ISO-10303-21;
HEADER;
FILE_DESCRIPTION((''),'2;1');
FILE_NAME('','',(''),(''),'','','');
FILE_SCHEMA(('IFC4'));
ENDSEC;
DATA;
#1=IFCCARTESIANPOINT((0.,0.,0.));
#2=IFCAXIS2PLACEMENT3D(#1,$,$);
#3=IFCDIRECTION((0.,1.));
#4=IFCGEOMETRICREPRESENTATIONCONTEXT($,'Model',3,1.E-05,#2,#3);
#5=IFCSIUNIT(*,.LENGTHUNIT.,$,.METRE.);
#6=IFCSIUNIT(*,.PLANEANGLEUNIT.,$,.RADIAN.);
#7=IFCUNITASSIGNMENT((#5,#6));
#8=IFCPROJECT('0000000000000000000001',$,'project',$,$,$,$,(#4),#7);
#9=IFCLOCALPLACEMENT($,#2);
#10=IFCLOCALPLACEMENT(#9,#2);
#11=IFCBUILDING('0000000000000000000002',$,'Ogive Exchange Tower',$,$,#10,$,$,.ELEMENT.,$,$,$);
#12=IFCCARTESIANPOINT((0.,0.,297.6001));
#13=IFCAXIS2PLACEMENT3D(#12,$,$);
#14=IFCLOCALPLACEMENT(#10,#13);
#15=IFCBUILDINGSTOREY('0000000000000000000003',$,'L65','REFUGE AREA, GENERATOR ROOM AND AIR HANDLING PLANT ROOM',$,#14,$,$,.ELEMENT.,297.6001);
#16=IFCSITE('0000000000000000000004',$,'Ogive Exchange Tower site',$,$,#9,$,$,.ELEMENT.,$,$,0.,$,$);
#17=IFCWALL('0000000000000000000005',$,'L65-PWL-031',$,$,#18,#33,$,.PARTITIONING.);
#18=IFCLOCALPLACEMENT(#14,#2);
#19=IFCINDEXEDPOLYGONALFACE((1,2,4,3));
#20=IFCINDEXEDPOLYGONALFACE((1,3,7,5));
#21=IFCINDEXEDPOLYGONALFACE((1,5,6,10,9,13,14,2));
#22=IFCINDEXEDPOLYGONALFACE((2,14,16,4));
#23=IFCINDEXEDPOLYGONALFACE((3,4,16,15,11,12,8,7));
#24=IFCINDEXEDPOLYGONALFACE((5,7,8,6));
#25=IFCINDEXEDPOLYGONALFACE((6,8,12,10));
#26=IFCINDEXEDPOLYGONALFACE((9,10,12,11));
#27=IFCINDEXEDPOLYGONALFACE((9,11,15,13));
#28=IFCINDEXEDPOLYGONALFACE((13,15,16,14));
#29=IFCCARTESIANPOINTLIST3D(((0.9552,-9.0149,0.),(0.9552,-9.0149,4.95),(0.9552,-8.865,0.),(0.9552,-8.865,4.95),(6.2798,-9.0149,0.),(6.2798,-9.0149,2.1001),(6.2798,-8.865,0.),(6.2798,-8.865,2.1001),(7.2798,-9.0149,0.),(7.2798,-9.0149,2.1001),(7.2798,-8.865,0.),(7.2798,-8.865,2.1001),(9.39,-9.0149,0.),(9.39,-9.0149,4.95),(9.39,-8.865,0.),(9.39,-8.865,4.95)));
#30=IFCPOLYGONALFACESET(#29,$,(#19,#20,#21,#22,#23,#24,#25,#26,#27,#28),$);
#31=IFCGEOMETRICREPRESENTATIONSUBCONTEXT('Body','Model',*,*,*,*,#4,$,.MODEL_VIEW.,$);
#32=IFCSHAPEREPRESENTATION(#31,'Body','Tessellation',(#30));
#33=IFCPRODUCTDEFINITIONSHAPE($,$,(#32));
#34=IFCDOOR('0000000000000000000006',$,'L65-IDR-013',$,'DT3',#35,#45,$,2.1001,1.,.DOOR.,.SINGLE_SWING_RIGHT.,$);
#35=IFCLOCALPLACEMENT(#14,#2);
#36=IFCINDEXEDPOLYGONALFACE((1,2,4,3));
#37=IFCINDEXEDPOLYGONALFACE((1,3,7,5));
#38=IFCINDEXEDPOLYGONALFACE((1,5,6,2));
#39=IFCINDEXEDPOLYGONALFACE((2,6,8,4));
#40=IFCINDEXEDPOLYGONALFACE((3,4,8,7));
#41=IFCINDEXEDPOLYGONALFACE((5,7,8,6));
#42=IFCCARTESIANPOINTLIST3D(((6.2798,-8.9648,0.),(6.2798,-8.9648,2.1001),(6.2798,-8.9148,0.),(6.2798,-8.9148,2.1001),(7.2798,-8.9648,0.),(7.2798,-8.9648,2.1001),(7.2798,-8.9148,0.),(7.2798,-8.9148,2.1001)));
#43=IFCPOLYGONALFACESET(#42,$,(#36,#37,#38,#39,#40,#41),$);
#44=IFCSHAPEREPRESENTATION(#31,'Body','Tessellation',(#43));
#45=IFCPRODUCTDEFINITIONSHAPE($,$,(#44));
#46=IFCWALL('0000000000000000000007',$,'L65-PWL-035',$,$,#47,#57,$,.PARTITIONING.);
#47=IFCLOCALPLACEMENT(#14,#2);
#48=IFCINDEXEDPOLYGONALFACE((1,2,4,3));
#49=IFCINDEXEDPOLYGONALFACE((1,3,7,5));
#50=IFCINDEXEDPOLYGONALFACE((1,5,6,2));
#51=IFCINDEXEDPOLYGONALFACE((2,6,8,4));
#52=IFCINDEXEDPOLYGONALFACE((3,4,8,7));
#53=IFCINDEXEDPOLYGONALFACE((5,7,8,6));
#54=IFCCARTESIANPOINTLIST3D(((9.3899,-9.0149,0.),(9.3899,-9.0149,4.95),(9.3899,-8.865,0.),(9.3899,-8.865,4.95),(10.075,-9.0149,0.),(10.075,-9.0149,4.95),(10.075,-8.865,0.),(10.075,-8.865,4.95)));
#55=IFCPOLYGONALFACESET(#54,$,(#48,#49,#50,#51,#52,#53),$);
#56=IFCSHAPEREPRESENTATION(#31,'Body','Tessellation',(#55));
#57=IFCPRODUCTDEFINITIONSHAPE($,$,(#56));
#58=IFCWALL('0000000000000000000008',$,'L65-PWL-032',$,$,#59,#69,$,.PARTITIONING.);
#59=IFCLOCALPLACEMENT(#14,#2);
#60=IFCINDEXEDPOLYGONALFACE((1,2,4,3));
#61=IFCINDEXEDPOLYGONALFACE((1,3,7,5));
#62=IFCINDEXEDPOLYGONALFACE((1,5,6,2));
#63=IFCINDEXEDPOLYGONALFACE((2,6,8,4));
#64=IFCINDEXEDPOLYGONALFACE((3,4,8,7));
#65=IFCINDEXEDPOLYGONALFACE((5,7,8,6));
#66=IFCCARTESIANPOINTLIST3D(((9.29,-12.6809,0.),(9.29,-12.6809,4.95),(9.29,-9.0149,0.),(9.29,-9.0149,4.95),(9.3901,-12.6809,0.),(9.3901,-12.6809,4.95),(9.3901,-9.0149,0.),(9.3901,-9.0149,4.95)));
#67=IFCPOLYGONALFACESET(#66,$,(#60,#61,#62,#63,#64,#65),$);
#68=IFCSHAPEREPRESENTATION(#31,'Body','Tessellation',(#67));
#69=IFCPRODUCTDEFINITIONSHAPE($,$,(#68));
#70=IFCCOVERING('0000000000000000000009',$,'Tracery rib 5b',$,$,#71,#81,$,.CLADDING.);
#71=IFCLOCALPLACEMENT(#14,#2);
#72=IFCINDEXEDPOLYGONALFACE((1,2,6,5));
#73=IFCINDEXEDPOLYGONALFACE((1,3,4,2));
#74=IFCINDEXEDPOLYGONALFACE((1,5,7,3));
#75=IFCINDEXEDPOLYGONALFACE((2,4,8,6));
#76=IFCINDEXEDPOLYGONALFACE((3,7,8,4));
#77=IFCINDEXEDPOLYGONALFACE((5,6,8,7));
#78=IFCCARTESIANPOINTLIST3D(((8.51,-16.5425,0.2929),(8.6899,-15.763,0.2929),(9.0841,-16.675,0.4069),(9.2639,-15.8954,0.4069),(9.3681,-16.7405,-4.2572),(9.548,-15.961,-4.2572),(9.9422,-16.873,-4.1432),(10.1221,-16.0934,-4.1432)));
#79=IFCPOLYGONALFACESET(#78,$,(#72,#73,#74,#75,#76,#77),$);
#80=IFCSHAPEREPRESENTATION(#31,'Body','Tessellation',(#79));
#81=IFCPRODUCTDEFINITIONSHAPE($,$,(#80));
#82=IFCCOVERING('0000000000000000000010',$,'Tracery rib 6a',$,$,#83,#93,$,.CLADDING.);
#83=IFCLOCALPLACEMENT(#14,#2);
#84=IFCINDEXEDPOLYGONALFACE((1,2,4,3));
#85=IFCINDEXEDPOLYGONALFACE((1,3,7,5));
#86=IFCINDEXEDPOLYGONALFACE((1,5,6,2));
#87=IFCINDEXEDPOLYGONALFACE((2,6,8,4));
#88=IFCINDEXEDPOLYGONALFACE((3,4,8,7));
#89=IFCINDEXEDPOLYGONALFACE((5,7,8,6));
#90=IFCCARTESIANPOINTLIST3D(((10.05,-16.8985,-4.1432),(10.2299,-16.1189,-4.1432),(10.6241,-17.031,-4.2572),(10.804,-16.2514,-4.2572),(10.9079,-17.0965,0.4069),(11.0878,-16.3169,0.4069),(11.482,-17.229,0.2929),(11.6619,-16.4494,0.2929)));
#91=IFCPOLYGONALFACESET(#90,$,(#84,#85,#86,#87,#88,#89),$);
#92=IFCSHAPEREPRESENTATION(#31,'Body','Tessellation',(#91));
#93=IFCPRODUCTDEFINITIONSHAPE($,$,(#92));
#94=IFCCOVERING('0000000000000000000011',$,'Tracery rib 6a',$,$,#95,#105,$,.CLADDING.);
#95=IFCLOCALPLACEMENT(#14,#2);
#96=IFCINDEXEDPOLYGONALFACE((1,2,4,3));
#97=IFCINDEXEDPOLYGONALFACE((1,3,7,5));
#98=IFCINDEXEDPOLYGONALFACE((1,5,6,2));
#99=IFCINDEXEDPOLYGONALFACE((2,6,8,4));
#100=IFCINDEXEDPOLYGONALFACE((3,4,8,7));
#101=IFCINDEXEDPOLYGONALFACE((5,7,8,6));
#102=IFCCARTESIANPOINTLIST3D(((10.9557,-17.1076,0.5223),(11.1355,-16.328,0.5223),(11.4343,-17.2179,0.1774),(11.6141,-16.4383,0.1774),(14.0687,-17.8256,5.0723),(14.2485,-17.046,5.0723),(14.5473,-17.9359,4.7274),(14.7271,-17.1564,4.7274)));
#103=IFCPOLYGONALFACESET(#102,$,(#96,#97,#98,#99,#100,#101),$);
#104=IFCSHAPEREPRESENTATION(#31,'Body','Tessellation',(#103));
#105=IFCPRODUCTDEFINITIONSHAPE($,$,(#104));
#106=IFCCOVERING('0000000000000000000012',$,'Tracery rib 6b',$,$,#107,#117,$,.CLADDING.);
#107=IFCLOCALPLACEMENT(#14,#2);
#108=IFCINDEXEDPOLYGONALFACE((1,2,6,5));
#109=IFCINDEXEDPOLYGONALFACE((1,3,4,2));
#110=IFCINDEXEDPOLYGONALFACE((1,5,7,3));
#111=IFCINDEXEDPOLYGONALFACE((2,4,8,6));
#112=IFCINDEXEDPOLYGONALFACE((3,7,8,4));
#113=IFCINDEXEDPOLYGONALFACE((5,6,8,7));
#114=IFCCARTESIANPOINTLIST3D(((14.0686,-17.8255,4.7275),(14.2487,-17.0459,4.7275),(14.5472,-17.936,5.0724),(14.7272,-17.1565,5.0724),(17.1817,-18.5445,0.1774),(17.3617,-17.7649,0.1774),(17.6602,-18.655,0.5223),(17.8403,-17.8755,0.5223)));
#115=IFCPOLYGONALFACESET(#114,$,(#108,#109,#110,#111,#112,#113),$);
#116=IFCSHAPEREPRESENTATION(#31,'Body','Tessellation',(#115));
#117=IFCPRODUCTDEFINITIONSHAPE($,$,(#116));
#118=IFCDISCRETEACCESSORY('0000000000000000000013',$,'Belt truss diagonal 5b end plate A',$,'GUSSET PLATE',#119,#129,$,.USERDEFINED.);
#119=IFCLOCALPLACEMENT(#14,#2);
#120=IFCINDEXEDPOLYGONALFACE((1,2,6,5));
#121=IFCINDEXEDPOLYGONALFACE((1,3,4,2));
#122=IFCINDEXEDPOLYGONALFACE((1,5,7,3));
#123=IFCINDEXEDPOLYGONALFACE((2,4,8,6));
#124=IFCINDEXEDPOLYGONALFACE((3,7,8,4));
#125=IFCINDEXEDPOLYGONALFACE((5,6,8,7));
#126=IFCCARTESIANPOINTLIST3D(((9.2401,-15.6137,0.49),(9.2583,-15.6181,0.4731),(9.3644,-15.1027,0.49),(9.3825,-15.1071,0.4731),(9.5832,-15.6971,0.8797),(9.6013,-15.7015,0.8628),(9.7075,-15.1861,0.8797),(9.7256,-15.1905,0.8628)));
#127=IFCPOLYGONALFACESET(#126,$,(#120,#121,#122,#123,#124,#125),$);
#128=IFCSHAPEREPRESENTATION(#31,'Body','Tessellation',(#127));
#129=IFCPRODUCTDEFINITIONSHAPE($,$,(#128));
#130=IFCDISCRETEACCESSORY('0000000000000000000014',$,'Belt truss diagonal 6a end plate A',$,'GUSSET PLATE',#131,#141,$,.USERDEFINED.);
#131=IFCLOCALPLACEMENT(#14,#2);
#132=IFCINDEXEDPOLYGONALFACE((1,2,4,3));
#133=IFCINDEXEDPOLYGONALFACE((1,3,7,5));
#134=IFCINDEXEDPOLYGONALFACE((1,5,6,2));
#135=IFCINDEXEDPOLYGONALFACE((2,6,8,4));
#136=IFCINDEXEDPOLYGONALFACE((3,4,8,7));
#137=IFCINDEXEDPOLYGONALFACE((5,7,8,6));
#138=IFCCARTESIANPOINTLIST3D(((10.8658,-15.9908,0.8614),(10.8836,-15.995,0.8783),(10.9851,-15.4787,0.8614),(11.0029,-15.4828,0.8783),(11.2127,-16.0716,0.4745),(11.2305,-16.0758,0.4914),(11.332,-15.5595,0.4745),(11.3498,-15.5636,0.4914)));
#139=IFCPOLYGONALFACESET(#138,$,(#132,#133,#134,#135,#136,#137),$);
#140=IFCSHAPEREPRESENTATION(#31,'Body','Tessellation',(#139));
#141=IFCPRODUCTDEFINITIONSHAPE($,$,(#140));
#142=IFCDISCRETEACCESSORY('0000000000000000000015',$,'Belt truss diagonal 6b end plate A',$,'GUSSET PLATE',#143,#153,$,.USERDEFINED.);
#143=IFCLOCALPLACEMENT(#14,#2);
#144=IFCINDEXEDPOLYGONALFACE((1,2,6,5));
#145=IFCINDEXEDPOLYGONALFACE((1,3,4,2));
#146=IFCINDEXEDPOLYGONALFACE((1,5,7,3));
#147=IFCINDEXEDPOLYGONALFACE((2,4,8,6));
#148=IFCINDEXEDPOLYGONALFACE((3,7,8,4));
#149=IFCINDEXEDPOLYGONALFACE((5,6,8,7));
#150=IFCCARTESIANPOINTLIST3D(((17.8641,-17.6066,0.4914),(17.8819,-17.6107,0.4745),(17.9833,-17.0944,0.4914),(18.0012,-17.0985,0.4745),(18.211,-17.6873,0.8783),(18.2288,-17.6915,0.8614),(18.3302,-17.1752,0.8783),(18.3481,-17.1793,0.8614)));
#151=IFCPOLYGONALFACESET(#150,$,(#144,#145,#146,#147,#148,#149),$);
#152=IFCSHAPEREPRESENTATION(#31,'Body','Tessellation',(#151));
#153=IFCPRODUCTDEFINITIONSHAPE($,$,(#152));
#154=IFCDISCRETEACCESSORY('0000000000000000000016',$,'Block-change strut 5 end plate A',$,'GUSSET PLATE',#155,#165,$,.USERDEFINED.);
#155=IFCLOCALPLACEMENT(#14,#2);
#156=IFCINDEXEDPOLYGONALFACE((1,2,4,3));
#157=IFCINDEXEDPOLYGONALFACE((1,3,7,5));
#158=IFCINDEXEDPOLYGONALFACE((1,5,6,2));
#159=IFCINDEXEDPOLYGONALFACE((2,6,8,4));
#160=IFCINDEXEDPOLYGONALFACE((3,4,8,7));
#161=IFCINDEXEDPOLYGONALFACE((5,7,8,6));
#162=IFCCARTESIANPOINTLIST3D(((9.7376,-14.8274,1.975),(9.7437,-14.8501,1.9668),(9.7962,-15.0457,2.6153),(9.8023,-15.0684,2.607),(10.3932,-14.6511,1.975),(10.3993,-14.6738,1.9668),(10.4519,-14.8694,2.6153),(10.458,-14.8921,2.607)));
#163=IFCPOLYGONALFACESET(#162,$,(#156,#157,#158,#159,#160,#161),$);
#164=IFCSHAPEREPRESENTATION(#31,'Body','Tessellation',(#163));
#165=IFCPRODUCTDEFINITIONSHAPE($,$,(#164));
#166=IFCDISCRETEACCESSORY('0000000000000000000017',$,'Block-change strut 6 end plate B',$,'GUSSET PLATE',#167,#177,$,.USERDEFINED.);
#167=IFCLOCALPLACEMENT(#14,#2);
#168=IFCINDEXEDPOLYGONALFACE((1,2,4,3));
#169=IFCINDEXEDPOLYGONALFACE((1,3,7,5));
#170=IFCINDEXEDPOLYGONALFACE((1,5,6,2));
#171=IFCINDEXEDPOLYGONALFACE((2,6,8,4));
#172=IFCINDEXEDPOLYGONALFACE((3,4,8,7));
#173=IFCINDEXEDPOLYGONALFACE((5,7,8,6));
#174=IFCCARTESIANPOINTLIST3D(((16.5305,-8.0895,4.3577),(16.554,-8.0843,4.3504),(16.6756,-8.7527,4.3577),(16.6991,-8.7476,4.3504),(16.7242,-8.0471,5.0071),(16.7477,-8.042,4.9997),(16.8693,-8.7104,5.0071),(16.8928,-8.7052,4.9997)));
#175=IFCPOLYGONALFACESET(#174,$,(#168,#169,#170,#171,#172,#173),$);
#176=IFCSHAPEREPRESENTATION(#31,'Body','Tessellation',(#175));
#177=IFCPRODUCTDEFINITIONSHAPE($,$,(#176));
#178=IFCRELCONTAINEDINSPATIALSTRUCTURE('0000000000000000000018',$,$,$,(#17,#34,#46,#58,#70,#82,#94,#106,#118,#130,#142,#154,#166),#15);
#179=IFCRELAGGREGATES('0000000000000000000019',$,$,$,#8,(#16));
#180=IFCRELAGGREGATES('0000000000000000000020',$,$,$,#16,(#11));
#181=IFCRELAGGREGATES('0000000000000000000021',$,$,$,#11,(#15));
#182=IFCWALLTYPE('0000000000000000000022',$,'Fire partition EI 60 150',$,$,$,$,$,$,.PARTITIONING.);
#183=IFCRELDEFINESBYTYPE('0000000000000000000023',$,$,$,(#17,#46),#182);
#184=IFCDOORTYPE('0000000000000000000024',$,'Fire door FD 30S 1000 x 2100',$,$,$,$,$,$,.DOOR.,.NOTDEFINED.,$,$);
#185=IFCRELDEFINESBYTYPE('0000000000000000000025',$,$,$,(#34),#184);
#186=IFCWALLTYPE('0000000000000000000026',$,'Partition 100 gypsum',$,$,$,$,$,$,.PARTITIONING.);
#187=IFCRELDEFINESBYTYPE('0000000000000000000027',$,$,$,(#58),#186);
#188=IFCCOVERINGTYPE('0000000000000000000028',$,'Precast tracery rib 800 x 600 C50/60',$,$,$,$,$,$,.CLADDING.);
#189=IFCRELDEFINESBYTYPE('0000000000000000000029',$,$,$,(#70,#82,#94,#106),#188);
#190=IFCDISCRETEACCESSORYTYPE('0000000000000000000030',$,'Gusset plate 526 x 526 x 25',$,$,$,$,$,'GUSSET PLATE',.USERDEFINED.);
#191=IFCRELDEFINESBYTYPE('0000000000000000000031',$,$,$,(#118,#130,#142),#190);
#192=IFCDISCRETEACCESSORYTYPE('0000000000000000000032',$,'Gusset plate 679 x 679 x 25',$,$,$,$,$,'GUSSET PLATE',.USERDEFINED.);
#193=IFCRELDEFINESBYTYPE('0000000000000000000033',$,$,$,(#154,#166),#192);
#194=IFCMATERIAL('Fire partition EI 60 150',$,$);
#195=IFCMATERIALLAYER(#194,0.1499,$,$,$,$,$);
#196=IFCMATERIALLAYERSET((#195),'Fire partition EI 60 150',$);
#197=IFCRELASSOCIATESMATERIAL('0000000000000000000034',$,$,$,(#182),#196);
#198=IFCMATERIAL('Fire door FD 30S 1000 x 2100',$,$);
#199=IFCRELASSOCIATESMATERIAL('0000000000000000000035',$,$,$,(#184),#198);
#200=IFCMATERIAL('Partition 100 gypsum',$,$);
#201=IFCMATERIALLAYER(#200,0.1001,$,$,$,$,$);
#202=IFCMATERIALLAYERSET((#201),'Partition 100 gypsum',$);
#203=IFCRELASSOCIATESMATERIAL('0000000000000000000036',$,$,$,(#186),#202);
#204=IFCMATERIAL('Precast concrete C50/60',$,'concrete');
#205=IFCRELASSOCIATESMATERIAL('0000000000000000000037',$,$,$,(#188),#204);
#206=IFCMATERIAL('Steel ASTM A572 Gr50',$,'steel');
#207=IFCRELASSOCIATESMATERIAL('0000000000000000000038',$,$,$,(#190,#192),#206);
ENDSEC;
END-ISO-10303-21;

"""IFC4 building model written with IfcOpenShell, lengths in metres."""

from ifc_helpers import new_model, si_unit, direction, frame, frame_2d, origin, origin_2d, place, context, subcontext, project, spatial, rectangle, extrude, material, layer, layer_set, material_profile, profile_set, type_object, element, fill, save


model = new_model("IFC4")

# Units and contexts
model_context = context("Model", 3, precision=1e-05, world=origin(), true_north=direction((0.0, 1.0)))
body_context = subcontext(model_context, "Body", "Model", "MODEL_VIEW")
ifc_project = project(units=[si_unit("LENGTHUNIT", "METRE"), si_unit("PLANEANGLEUNIT", "RADIAN")], contexts=[model_context])

# Site, building, storey
site_placement = place(None, origin())
site = spatial("IfcSite", under=ifc_project, at=site_placement, Name="Ogive Exchange Tower site", CompositionType="ELEMENT", RefElevation=0.0)
building_placement = place(site_placement, origin())
building = spatial("IfcBuilding", under=site, at=building_placement, Name="Ogive Exchange Tower", CompositionType="ELEMENT")
storey_placement = place(building_placement, frame((0.0, 0.0, 297.6001)))
storey = spatial("IfcBuildingStorey", under=building, at=storey_placement, Name="L65", Description="REFUGE AREA, GENERATOR ROOM AND AIR HANDLING PLANT ROOM", CompositionType="ELEMENT", Elevation=297.6001)

# Wall, opening, door
ifc_material_1 = material(Name="Fire partition EI 60 150")
ifc_layer_1 = layer(ifc_material_1, 0.1499)
ifc_layer_set_1 = layer_set([ifc_layer_1], Name="Fire partition EI 60 150")
wall_type_1 = type_object("IfcWallType", Name="Fire partition EI 60 150", PredefinedType="PARTITIONING", material=ifc_layer_set_1)
wall_1_placement = place(storey_placement, frame((9.3899, -8.9399, 0.0), z_axis=(0.0, 0.0, 1.0), x_axis=(-1.0, 0.0, 0.0)))
wall_1 = element("IfcWall", 1, at=wall_1_placement, inside=storey, type_object=wall_type_1, Name="L65-PWL-031", PredefinedType="PARTITIONING", context=body_context, shape_type="SweptSolid", body=[
    extrude(rectangle(XDim=8.4348, YDim=0.1499, at=frame_2d((4.2173, 0.0))), origin(), (0.0, 0.0, 1.0), 4.95),
])
opening_placement = place(wall_1_placement, frame((2.1101, 0.0, 0.0)))
opening = element("IfcOpeningElement", 2, at=opening_placement, cuts=wall_1, PredefinedType="OPENING", context=body_context, shape_type="SweptSolid", body=[
    extrude(rectangle(XDim=1.0, YDim=2.1001, at=frame_2d((0.5, 1.05))), frame((0.0, 0.085, 0.0), z_axis=(0.0, -1.0, 0.0), x_axis=(1.0, 0.0, 0.0)), (0.0, 0.0, 1.0), 0.1699),
])
ifc_material_2 = material(Name="Fire door FD 30S 1000 x 2100")
door_type = type_object("IfcDoorType", Name="Fire door FD 30S 1000 x 2100", OperationType="NOTDEFINED", PredefinedType="DOOR", material=ifc_material_2)
door_placement = place(opening_placement, origin())
door = element("IfcDoor", 3, at=door_placement, inside=storey, type_object=door_type, Name="L65-IDR-013", ObjectType="DT3", OperationType="SINGLE_SWING_RIGHT", OverallHeight=2.1001, OverallWidth=1.0, PredefinedType="DOOR", context=body_context, shape_type="SweptSolid", body=[
    extrude(rectangle(XDim=1.0, YDim=2.1001, at=frame_2d((0.5, 1.05))), frame((0.0, 0.0249, 0.0), z_axis=(0.0, -1.0, 0.0), x_axis=(1.0, 0.0, 0.0)), (0.0, 0.0, 1.0), 0.05),
])
fill(opening, door)

# Walls
wall_2_placement = place(storey_placement, frame((10.075, -8.9399, 0.0), z_axis=(0.0, 0.0, 1.0), x_axis=(-1.0, 0.0, 0.0)))
element("IfcWall", 4, at=wall_2_placement, inside=storey, type_object=wall_type_1, Name="L65-PWL-035", PredefinedType="PARTITIONING", context=body_context, shape_type="SweptSolid", body=[
    extrude(rectangle(XDim=0.6851, YDim=0.1499, at=frame_2d((0.3425, 0.0))), origin(), (0.0, 0.0, 1.0), 4.95),
])
ifc_material_3 = material(Name="Partition 100 gypsum")
ifc_layer_2 = layer(ifc_material_3, 0.1001)
ifc_layer_set_2 = layer_set([ifc_layer_2], Name="Partition 100 gypsum")
wall_type_2 = type_object("IfcWallType", Name="Partition 100 gypsum", PredefinedType="PARTITIONING", material=ifc_layer_set_2)
wall_3_placement = place(storey_placement, frame((9.3401, -9.0149, 0.0), z_axis=(0.0, 0.0, 1.0), x_axis=(0.0, -1.0, 0.0)))
element("IfcWall", 5, at=wall_3_placement, inside=storey, type_object=wall_type_2, Name="L65-PWL-032", PredefinedType="PARTITIONING", context=body_context, shape_type="SweptSolid", body=[
    extrude(rectangle(XDim=3.666, YDim=0.1001, at=frame_2d((1.833, 0.0))), origin(), (0.0, 0.0, 1.0), 4.95),
])

# Coverings
ifc_material_4 = material(Name="Precast concrete C50/60", Category="concrete")
ifc_material_profile_1 = material_profile(ifc_material_4, rectangle(XDim=0.8, YDim=0.6001, at=origin_2d()), Name="RIB 800 x 600")
ifc_profile_set_1 = profile_set([ifc_material_profile_1], Name="Precast concrete C50/60")
covering_type = type_object("IfcCoveringType", Name="Precast tracery rib 800 x 600 C50/60", PredefinedType="CLADDING", material=ifc_profile_set_1)
for number, where, z_axis, x_axis, name in (
    (6, (9.7451, -16.417, -4.2002), (-0.185167, 0.042723, 0.981778), (-0.224819, -0.974401, 0.0), "Tracery rib 5b"),
    (7, (10.427, -16.575, -4.2002), (0.185116, -0.042723, 0.981788), (0.22488, 0.974387, 0.0), "Tracery rib 6a"),
):
    element("IfcCovering", number, at=place(storey_placement, frame(where, z_axis=z_axis, x_axis=x_axis)), inside=storey, type_object=covering_type, Name=name, PredefinedType="CLADDING", context=body_context, shape_type="SweptSolid", body=[
        extrude(rectangle(XDim=0.8, YDim=0.6001, at=origin_2d()), origin(), (0.0, 0.0, 1.0), 4.6345),
    ])
covering_1_placement = place(storey_placement, frame((11.2849, -16.7729, 0.3499), z_axis=(0.559936, -0.129148, 0.818408), x_axis=(0.224748, 0.974417, 0.0)))
element("IfcCovering", 8, at=covering_1_placement, inside=storey, type_object=covering_type, Name="Tracery rib 6a", PredefinedType="CLADDING", context=body_context, shape_type="SweptSolid", body=[
    extrude(rectangle(XDim=0.8, YDim=0.6001, at=origin_2d()), origin(), (0.0, 0.0, 1.0), 5.5596),
])
covering_2_placement = place(storey_placement, frame((17.511, -18.21, 0.3499), z_axis=(-0.559923, 0.129321, 0.81839), x_axis=(-0.225038, -0.97435, 0.0)))
element("IfcCovering", 9, at=covering_2_placement, inside=storey, type_object=covering_type, Name="Tracery rib 6b", PredefinedType="CLADDING", context=body_context, shape_type="SweptSolid", body=[
    extrude(rectangle(XDim=0.8, YDim=0.6001, at=origin_2d()), origin(), (0.0, 0.0, 1.0), 5.5598),
])

# Discrete accessories
ifc_material_5 = material(Name="Steel ASTM A572 Gr50", Category="steel")
ifc_material_profile_2 = material_profile(ifc_material_5, rectangle(XDim=0.5259, YDim=0.5259, at=origin_2d()), Name="PL 526 x 526 x 25")
ifc_profile_set_2 = profile_set([ifc_material_profile_2], Name="Steel ASTM A572 Gr50")
discrete_accessory_type_1 = type_object("IfcDiscreteAccessoryType", Name="Gusset plate 526 x 526 x 25", ElementType="GUSSET PLATE", PredefinedType="USERDEFINED", material=ifc_profile_set_2)
discrete_accessory_1_placement = place(storey_placement, frame((9.4919, -15.4043, 0.668), z_axis=(-0.720077, 0.175154, 0.671424), x_axis=(-0.236352, -0.971668, 0.0)))
element("IfcDiscreteAccessory", 10, at=discrete_accessory_1_placement, inside=storey, type_object=discrete_accessory_type_1, Name="Belt truss diagonal 5b end plate A", ObjectType="GUSSET PLATE", PredefinedType="USERDEFINED", context=body_context, shape_type="SweptSolid", body=[
    extrude(rectangle(XDim=0.5259, YDim=0.5259, at=origin_2d()), origin(), (0.0, 0.0, 1.0), 0.0251),
])
for number, where, z_axis, x_axis, name in (
    (11, (11.0989, -15.7751, 0.668), (0.716548, -0.166867, 0.677285), (0.226808, 0.97394, 0.0), "Belt truss diagonal 6a end plate A"),
    (12, (18.115, -17.395, 0.668), (-0.716548, 0.166867, 0.677285), (-0.226808, -0.97394, 0.0), "Belt truss diagonal 6b end plate A"),
):
    element("IfcDiscreteAccessory", number, at=place(storey_placement, frame(where, z_axis=z_axis, x_axis=x_axis)), inside=storey, type_object=discrete_accessory_type_1, Name=name, ObjectType="GUSSET PLATE", PredefinedType="USERDEFINED", context=body_context, shape_type="SweptSolid", body=[
        extrude(rectangle(XDim=0.5259, YDim=0.5259, at=origin_2d()), origin(), (0.0, 0.0, 1.0), 0.0249),
    ])
ifc_material_profile_3 = material_profile(ifc_material_5, rectangle(XDim=0.679, YDim=0.679, at=origin_2d()), Name="PL 679 x 679 x 25")
ifc_profile_set_3 = profile_set([ifc_material_profile_3], Name="Steel ASTM A572 Gr50")
discrete_accessory_type_2 = type_object("IfcDiscreteAccessoryType", Name="Gusset plate 679 x 679 x 25", ElementType="GUSSET PLATE", PredefinedType="USERDEFINED", material=ifc_profile_set_3)
discrete_accessory_2_placement = place(storey_placement, frame((10.1008, -14.8711, 2.2869), z_axis=(-0.244792, 0.910628, 0.332918), x_axis=(-0.965716, -0.259601, 0.0)))
element("IfcDiscreteAccessory", 13, at=discrete_accessory_2_placement, inside=storey, type_object=discrete_accessory_type_2, Name="Block-change strut 5 end plate A", ObjectType="GUSSET PLATE", PredefinedType="USERDEFINED", context=body_context, shape_type="SweptSolid", body=[
    extrude(rectangle(XDim=0.679, YDim=0.679, at=origin_2d()), origin(), (0.0, 0.0, 1.0), 0.0249),
])
discrete_accessory_3_placement = place(storey_placement, frame((16.7234, -8.3948, 4.675), z_axis=(-0.934331, -0.204385, 0.291979), x_axis=(0.213697, -0.9769, 0.0)))
element("IfcDiscreteAccessory", 14, at=discrete_accessory_3_placement, inside=storey, type_object=discrete_accessory_type_2, Name="Block-change strut 6 end plate B", ObjectType="GUSSET PLATE", PredefinedType="USERDEFINED", context=body_context, shape_type="SweptSolid", body=[
    extrude(rectangle(XDim=0.679, YDim=0.679, at=origin_2d()), origin(), (0.0, 0.0, 1.0), 0.0251),
])

save(model, "model.ifc")
